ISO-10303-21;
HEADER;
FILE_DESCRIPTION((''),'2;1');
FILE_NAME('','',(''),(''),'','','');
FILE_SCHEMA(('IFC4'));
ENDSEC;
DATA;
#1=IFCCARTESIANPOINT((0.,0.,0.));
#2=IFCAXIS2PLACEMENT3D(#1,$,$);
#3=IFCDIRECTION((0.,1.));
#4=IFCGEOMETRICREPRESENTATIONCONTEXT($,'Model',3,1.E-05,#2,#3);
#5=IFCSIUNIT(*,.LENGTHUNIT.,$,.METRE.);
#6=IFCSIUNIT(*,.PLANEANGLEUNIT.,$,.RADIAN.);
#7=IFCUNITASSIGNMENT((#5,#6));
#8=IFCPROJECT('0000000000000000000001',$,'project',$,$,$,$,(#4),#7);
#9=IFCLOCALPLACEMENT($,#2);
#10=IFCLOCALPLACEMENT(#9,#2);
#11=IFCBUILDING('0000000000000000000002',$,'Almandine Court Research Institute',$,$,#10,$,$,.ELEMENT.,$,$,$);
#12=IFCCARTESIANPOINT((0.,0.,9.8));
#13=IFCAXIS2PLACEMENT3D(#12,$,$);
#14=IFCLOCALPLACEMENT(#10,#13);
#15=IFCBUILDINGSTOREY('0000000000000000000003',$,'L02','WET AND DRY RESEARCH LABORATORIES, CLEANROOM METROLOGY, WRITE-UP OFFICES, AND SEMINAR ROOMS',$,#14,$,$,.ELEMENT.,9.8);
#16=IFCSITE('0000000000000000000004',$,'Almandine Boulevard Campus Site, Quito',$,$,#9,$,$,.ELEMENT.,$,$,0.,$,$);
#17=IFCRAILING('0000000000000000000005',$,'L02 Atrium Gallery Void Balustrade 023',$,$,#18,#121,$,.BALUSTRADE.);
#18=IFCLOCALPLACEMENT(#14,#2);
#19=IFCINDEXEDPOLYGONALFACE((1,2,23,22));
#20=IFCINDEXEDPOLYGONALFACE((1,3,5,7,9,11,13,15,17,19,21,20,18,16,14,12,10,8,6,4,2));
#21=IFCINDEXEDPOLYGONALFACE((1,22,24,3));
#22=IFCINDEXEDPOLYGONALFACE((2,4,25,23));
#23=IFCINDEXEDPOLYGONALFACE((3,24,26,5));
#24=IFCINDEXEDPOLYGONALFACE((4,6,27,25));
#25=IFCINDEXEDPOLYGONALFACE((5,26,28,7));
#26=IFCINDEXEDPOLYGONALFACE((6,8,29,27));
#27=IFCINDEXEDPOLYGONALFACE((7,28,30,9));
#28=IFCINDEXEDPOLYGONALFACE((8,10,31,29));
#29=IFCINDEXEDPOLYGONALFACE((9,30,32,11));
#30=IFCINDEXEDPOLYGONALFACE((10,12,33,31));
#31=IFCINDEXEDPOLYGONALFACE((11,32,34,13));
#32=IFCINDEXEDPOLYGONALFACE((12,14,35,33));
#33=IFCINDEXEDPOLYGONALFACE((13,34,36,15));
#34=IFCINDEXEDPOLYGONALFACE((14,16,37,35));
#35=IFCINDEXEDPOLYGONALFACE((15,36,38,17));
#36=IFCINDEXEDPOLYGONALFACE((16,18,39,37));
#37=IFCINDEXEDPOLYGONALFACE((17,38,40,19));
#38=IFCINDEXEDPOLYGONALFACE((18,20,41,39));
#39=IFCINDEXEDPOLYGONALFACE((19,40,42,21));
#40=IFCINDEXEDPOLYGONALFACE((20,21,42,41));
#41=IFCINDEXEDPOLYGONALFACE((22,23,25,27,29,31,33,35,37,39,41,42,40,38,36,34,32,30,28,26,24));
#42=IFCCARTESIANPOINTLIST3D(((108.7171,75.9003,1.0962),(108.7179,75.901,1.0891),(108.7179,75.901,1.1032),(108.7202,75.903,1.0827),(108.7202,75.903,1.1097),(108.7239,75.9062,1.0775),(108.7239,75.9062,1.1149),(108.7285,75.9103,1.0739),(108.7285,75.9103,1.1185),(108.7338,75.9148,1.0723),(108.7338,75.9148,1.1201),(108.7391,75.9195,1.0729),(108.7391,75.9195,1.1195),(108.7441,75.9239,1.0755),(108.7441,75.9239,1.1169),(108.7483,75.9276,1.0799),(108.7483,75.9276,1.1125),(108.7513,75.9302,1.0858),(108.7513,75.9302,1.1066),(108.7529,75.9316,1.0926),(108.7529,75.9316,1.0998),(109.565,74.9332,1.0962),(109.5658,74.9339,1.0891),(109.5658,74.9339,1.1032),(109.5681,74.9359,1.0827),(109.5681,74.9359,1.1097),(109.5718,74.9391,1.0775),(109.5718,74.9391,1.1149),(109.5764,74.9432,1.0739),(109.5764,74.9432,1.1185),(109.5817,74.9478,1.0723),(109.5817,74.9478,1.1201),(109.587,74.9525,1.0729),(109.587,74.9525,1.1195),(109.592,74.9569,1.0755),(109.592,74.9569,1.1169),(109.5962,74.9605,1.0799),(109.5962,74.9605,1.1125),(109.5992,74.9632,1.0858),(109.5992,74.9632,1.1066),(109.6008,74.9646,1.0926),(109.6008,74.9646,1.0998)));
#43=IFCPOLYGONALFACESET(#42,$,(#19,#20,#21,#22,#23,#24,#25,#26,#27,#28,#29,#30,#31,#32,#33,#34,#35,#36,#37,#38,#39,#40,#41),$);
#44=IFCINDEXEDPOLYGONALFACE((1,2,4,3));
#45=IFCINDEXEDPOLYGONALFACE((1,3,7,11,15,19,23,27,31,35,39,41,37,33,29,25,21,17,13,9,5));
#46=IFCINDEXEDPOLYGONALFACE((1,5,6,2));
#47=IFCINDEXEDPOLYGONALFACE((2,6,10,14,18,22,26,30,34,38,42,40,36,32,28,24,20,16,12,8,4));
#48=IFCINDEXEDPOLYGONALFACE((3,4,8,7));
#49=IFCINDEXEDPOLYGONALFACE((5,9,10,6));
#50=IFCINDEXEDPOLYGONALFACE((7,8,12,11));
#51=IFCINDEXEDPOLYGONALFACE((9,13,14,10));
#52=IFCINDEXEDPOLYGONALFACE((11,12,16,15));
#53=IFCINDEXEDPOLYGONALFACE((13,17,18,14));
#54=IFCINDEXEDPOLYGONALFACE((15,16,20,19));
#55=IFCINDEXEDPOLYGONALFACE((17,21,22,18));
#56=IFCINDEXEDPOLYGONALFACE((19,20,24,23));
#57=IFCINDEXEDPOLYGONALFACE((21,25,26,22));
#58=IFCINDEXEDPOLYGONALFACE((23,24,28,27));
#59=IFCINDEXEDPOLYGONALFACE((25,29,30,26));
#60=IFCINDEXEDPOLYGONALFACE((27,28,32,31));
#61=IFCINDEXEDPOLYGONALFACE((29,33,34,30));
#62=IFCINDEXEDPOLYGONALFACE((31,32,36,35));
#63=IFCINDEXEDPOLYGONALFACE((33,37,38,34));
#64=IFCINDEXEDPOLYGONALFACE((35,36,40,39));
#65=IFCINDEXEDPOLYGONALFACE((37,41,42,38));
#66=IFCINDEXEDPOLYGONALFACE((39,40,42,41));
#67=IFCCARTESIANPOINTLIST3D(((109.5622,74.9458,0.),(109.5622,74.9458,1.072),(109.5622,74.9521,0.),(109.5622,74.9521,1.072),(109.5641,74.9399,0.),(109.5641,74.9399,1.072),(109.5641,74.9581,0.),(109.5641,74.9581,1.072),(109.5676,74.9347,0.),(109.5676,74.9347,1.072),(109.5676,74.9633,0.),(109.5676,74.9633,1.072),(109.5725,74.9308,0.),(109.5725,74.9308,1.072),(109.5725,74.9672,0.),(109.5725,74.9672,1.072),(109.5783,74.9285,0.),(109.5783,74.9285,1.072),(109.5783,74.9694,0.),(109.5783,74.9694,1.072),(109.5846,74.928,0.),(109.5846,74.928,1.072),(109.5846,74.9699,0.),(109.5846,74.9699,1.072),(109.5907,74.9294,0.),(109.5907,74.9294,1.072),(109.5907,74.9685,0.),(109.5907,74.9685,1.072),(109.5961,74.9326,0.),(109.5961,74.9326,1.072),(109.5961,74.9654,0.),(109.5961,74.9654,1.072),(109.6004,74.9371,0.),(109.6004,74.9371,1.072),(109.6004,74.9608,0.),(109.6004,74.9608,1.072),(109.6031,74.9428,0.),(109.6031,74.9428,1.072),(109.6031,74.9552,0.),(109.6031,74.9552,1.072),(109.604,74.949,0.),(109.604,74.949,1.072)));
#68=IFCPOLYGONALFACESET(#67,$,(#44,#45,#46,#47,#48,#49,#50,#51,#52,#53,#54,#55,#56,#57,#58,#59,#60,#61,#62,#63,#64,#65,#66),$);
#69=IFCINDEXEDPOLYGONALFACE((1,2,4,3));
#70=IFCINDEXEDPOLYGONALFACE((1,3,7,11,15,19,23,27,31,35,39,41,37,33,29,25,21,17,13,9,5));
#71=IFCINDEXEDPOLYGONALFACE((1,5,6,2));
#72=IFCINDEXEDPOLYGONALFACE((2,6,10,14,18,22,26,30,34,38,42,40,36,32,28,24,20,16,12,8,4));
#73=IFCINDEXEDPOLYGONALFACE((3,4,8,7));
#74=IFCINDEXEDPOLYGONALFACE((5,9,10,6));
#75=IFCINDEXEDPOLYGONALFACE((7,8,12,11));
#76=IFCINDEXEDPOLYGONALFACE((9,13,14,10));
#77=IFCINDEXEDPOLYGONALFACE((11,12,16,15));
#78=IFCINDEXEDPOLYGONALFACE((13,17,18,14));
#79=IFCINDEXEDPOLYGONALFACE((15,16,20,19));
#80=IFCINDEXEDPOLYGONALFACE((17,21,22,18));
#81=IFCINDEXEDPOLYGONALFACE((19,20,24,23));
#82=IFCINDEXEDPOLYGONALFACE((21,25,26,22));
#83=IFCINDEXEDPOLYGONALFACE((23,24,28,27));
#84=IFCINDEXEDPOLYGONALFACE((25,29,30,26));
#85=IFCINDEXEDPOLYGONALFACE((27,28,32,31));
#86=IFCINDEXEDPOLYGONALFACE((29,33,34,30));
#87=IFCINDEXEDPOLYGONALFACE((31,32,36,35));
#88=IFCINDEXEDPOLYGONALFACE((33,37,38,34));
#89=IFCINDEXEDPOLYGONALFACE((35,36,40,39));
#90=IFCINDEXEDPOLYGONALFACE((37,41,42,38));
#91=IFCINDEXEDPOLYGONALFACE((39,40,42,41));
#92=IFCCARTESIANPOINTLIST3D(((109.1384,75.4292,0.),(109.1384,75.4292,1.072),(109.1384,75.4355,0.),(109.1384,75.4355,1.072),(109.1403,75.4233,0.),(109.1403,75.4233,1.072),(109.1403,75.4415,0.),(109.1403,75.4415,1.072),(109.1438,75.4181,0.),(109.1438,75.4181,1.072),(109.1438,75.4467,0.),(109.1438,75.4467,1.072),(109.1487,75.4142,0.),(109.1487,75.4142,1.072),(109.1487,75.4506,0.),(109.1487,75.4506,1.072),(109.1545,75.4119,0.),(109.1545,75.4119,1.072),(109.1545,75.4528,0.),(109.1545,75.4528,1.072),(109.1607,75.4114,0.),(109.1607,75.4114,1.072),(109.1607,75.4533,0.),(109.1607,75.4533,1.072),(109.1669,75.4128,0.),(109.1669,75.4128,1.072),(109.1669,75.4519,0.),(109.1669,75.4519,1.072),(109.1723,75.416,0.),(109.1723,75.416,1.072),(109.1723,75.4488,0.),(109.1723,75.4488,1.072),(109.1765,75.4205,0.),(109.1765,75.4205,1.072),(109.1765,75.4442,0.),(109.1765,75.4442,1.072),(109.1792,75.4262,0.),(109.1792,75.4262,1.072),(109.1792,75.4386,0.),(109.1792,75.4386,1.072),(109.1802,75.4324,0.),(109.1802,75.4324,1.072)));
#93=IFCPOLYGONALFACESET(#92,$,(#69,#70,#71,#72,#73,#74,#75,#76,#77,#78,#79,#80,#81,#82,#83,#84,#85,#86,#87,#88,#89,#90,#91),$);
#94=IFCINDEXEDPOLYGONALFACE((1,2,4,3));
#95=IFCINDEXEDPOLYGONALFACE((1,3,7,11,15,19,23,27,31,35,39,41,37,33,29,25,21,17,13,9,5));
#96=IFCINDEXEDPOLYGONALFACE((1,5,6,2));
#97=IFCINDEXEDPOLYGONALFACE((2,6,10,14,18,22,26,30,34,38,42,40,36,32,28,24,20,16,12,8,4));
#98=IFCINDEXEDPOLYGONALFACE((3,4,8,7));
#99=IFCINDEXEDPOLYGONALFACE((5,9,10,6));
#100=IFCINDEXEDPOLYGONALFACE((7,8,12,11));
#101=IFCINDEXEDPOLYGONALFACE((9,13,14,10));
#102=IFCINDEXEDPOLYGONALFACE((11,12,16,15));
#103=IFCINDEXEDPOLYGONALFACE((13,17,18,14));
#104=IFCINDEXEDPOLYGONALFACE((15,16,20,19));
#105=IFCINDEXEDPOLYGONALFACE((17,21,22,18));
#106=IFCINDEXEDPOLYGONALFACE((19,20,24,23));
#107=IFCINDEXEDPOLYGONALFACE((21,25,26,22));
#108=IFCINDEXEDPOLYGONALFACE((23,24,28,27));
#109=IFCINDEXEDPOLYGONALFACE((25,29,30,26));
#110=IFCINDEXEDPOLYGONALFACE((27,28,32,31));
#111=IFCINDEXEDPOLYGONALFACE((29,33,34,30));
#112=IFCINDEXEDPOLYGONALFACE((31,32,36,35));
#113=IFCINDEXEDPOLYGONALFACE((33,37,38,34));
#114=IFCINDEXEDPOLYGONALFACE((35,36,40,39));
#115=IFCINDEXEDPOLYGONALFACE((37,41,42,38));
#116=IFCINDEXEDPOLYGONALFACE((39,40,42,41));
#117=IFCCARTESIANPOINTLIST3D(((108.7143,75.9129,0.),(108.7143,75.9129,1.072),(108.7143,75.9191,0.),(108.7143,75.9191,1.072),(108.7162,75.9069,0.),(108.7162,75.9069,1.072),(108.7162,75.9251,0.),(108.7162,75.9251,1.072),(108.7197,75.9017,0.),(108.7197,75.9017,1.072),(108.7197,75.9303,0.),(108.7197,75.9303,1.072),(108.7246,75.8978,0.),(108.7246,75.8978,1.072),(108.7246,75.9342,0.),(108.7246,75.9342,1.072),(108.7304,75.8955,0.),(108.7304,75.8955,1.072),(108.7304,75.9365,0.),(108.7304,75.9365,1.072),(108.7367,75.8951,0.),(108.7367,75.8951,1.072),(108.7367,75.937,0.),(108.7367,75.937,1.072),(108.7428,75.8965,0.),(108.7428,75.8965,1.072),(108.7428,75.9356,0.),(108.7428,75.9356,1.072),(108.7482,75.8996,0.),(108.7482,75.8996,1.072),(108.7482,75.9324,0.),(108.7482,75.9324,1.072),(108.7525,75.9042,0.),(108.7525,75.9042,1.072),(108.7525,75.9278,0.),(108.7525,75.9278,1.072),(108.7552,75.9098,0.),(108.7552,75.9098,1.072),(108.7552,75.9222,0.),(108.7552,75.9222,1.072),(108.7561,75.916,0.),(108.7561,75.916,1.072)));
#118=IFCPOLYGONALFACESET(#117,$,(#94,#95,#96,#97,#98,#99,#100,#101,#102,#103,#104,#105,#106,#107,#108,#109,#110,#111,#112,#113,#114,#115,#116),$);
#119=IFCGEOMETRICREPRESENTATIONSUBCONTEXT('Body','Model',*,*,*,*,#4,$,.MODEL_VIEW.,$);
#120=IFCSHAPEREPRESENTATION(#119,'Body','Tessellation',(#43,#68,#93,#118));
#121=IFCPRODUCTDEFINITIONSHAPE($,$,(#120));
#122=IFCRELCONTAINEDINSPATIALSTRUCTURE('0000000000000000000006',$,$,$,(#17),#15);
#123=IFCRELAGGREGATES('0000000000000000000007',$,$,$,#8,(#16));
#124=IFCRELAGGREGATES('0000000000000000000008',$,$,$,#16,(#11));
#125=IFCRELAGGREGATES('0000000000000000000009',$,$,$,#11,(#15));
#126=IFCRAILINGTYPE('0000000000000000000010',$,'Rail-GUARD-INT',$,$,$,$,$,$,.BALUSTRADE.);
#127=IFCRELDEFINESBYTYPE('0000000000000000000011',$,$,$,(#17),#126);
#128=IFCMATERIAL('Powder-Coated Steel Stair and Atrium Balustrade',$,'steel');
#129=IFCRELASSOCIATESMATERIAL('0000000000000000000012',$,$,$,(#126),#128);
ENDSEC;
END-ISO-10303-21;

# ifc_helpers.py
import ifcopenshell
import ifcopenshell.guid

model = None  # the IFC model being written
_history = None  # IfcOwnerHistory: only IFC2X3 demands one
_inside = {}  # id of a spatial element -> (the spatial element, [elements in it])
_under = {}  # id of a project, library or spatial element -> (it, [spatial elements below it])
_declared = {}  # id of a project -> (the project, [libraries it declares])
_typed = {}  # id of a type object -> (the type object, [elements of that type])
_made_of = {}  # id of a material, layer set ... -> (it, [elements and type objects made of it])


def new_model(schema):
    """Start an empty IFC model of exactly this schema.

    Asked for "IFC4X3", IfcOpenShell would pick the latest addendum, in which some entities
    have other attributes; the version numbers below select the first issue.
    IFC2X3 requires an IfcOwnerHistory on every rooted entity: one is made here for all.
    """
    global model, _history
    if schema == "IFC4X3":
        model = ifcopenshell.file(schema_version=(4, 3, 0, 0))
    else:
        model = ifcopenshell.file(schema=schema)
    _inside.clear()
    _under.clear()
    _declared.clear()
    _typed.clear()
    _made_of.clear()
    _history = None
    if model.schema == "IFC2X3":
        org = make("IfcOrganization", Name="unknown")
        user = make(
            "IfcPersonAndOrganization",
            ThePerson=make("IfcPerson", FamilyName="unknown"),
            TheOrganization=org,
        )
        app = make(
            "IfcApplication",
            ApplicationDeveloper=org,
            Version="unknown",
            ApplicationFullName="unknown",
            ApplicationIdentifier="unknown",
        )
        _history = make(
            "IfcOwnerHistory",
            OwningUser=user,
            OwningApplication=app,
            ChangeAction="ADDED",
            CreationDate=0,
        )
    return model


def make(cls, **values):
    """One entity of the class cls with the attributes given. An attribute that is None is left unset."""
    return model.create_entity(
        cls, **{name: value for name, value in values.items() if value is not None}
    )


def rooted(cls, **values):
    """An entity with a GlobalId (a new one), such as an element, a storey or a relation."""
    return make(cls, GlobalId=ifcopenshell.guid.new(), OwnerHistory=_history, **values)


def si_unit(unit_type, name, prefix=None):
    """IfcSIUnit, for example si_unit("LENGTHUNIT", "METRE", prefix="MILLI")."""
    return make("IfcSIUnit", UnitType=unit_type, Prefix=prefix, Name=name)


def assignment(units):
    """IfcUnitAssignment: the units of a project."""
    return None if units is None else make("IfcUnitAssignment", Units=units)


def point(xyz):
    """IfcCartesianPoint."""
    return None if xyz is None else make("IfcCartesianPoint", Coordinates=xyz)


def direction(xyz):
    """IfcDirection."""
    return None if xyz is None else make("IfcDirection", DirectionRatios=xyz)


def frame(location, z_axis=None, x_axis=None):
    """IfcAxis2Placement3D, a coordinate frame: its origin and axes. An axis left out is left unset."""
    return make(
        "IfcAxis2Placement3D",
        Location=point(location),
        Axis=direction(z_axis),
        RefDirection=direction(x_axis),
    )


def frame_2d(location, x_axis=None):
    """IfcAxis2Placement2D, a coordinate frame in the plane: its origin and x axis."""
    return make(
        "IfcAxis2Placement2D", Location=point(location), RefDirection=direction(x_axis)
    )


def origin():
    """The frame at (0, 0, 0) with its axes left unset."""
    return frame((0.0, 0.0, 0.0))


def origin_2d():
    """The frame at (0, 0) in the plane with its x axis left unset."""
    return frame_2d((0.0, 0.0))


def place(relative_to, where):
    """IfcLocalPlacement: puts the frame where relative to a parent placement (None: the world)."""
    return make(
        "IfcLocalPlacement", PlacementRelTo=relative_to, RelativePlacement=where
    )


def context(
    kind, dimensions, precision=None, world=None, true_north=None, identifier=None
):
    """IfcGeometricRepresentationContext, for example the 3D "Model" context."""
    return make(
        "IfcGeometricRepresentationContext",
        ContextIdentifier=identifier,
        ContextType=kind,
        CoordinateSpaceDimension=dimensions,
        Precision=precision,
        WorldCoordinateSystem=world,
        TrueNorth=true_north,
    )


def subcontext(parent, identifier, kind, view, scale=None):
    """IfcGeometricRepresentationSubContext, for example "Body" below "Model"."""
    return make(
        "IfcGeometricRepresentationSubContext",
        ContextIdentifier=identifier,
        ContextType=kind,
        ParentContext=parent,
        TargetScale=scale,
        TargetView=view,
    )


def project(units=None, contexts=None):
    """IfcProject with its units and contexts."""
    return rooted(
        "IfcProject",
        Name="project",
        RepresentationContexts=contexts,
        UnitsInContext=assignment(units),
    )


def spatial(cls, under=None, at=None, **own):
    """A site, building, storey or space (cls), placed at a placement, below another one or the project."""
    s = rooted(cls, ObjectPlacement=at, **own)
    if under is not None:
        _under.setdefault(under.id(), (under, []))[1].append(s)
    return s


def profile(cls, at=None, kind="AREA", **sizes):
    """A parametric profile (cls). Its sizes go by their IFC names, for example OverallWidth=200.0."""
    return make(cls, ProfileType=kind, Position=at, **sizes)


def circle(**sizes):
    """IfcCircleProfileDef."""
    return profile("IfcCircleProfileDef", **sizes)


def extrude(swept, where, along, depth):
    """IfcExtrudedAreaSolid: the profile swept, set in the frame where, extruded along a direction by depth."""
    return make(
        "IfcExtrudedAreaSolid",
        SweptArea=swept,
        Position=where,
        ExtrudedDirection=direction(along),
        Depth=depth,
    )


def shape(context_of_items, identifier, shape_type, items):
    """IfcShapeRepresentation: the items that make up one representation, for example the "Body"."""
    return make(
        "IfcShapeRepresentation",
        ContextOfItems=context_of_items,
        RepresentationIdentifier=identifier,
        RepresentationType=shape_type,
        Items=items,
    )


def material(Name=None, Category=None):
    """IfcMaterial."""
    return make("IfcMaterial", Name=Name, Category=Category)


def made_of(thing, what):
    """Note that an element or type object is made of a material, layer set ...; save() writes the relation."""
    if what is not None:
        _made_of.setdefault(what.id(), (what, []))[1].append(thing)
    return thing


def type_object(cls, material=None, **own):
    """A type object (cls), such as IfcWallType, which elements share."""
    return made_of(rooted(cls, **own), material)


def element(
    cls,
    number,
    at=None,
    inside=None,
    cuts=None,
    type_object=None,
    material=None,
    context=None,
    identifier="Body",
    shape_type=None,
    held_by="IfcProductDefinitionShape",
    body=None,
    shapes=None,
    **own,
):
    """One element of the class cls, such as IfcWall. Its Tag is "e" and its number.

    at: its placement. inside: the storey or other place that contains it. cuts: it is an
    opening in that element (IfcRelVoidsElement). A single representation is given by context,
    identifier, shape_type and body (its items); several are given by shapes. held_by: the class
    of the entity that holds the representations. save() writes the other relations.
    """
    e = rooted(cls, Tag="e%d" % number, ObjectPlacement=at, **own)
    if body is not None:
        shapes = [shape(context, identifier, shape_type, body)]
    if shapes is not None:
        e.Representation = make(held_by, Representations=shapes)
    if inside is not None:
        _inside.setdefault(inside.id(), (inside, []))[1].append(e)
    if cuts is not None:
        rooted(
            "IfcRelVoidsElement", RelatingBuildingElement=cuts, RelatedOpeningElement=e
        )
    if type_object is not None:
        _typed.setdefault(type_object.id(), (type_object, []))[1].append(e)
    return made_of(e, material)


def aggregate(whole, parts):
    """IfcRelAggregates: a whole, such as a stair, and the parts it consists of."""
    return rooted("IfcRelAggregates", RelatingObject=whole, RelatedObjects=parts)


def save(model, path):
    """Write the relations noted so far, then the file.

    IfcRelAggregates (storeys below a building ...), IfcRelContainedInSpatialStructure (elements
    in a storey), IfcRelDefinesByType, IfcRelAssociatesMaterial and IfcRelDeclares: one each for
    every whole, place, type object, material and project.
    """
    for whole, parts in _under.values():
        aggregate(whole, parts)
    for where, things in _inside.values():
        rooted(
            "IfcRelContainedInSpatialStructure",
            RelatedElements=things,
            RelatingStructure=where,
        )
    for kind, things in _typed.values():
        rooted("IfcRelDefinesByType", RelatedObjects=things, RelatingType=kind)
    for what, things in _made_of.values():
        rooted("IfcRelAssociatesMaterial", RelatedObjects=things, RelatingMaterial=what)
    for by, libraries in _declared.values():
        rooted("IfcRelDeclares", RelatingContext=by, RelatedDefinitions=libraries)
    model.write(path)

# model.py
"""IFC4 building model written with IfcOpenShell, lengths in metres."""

from ifc_helpers import new_model, si_unit, direction, frame, origin, origin_2d, place, context, subcontext, project, spatial, circle, extrude, material, type_object, element, save


model = new_model("IFC4")

# Units and contexts
model_context = context("Model", 3, precision=1e-05, world=origin(), true_north=direction((0.0, 1.0)))
body_context = subcontext(model_context, "Body", "Model", "MODEL_VIEW")
ifc_project = project(units=[si_unit("LENGTHUNIT", "METRE"), si_unit("PLANEANGLEUNIT", "RADIAN")], contexts=[model_context])

# Site, building, storey
site_placement = place(None, origin())
site = spatial("IfcSite", under=ifc_project, at=site_placement, Name="Almandine Boulevard Campus Site, Quito", CompositionType="ELEMENT", RefElevation=0.0)
building_placement = place(site_placement, origin())
building = spatial("IfcBuilding", under=site, at=building_placement, Name="Almandine Court Research Institute", CompositionType="ELEMENT")
storey_placement = place(building_placement, frame((0.0, 0.0, 9.8)))
storey = spatial("IfcBuildingStorey", under=building, at=storey_placement, Name="L02", Description="WET AND DRY RESEARCH LABORATORIES, CLEANROOM METROLOGY, WRITE-UP OFFICES, AND SEMINAR ROOMS", CompositionType="ELEMENT", Elevation=9.8)

# Railing
ifc_material_1 = material(Name="Powder-Coated Steel Stair and Atrium Balustrade", Category="steel")
railing_type = type_object("IfcRailingType", Name="Rail-GUARD-INT", PredefinedType="BALUSTRADE", material=ifc_material_1)
railing_1_placement = place(storey_placement, frame((109.583, 74.949, 0.0)))
element("IfcRailing", 1, at=railing_1_placement, inside=storey, type_object=railing_type, Name="L02 Atrium Gallery Void Balustrade 023", PredefinedType="BALUSTRADE", context=body_context, shape_type="SweptSolid", body=[
    extrude(circle(Radius=0.0239, at=origin_2d()), frame((0.0, 0.0, 1.0962), z_axis=(-0.65927, 0.751906, 0.0), x_axis=(-0.751906, -0.65927, 0.0)), (0.0, 0.0, 1.0), 1.2861),
    extrude(circle(Radius=0.021, at=origin_2d()), origin(), (0.0, 0.0, 1.0), 1.072),
    extrude(circle(Radius=0.021, at=origin_2d()), frame((-0.4238, 0.4834, 0.0)), (0.0, 0.0, 1.0), 1.072),
    extrude(circle(Radius=0.021, at=origin_2d()), frame((-0.8479, 0.967, 0.0)), (0.0, 0.0, 1.0), 1.072),
])

save(model, "model.ifc")
